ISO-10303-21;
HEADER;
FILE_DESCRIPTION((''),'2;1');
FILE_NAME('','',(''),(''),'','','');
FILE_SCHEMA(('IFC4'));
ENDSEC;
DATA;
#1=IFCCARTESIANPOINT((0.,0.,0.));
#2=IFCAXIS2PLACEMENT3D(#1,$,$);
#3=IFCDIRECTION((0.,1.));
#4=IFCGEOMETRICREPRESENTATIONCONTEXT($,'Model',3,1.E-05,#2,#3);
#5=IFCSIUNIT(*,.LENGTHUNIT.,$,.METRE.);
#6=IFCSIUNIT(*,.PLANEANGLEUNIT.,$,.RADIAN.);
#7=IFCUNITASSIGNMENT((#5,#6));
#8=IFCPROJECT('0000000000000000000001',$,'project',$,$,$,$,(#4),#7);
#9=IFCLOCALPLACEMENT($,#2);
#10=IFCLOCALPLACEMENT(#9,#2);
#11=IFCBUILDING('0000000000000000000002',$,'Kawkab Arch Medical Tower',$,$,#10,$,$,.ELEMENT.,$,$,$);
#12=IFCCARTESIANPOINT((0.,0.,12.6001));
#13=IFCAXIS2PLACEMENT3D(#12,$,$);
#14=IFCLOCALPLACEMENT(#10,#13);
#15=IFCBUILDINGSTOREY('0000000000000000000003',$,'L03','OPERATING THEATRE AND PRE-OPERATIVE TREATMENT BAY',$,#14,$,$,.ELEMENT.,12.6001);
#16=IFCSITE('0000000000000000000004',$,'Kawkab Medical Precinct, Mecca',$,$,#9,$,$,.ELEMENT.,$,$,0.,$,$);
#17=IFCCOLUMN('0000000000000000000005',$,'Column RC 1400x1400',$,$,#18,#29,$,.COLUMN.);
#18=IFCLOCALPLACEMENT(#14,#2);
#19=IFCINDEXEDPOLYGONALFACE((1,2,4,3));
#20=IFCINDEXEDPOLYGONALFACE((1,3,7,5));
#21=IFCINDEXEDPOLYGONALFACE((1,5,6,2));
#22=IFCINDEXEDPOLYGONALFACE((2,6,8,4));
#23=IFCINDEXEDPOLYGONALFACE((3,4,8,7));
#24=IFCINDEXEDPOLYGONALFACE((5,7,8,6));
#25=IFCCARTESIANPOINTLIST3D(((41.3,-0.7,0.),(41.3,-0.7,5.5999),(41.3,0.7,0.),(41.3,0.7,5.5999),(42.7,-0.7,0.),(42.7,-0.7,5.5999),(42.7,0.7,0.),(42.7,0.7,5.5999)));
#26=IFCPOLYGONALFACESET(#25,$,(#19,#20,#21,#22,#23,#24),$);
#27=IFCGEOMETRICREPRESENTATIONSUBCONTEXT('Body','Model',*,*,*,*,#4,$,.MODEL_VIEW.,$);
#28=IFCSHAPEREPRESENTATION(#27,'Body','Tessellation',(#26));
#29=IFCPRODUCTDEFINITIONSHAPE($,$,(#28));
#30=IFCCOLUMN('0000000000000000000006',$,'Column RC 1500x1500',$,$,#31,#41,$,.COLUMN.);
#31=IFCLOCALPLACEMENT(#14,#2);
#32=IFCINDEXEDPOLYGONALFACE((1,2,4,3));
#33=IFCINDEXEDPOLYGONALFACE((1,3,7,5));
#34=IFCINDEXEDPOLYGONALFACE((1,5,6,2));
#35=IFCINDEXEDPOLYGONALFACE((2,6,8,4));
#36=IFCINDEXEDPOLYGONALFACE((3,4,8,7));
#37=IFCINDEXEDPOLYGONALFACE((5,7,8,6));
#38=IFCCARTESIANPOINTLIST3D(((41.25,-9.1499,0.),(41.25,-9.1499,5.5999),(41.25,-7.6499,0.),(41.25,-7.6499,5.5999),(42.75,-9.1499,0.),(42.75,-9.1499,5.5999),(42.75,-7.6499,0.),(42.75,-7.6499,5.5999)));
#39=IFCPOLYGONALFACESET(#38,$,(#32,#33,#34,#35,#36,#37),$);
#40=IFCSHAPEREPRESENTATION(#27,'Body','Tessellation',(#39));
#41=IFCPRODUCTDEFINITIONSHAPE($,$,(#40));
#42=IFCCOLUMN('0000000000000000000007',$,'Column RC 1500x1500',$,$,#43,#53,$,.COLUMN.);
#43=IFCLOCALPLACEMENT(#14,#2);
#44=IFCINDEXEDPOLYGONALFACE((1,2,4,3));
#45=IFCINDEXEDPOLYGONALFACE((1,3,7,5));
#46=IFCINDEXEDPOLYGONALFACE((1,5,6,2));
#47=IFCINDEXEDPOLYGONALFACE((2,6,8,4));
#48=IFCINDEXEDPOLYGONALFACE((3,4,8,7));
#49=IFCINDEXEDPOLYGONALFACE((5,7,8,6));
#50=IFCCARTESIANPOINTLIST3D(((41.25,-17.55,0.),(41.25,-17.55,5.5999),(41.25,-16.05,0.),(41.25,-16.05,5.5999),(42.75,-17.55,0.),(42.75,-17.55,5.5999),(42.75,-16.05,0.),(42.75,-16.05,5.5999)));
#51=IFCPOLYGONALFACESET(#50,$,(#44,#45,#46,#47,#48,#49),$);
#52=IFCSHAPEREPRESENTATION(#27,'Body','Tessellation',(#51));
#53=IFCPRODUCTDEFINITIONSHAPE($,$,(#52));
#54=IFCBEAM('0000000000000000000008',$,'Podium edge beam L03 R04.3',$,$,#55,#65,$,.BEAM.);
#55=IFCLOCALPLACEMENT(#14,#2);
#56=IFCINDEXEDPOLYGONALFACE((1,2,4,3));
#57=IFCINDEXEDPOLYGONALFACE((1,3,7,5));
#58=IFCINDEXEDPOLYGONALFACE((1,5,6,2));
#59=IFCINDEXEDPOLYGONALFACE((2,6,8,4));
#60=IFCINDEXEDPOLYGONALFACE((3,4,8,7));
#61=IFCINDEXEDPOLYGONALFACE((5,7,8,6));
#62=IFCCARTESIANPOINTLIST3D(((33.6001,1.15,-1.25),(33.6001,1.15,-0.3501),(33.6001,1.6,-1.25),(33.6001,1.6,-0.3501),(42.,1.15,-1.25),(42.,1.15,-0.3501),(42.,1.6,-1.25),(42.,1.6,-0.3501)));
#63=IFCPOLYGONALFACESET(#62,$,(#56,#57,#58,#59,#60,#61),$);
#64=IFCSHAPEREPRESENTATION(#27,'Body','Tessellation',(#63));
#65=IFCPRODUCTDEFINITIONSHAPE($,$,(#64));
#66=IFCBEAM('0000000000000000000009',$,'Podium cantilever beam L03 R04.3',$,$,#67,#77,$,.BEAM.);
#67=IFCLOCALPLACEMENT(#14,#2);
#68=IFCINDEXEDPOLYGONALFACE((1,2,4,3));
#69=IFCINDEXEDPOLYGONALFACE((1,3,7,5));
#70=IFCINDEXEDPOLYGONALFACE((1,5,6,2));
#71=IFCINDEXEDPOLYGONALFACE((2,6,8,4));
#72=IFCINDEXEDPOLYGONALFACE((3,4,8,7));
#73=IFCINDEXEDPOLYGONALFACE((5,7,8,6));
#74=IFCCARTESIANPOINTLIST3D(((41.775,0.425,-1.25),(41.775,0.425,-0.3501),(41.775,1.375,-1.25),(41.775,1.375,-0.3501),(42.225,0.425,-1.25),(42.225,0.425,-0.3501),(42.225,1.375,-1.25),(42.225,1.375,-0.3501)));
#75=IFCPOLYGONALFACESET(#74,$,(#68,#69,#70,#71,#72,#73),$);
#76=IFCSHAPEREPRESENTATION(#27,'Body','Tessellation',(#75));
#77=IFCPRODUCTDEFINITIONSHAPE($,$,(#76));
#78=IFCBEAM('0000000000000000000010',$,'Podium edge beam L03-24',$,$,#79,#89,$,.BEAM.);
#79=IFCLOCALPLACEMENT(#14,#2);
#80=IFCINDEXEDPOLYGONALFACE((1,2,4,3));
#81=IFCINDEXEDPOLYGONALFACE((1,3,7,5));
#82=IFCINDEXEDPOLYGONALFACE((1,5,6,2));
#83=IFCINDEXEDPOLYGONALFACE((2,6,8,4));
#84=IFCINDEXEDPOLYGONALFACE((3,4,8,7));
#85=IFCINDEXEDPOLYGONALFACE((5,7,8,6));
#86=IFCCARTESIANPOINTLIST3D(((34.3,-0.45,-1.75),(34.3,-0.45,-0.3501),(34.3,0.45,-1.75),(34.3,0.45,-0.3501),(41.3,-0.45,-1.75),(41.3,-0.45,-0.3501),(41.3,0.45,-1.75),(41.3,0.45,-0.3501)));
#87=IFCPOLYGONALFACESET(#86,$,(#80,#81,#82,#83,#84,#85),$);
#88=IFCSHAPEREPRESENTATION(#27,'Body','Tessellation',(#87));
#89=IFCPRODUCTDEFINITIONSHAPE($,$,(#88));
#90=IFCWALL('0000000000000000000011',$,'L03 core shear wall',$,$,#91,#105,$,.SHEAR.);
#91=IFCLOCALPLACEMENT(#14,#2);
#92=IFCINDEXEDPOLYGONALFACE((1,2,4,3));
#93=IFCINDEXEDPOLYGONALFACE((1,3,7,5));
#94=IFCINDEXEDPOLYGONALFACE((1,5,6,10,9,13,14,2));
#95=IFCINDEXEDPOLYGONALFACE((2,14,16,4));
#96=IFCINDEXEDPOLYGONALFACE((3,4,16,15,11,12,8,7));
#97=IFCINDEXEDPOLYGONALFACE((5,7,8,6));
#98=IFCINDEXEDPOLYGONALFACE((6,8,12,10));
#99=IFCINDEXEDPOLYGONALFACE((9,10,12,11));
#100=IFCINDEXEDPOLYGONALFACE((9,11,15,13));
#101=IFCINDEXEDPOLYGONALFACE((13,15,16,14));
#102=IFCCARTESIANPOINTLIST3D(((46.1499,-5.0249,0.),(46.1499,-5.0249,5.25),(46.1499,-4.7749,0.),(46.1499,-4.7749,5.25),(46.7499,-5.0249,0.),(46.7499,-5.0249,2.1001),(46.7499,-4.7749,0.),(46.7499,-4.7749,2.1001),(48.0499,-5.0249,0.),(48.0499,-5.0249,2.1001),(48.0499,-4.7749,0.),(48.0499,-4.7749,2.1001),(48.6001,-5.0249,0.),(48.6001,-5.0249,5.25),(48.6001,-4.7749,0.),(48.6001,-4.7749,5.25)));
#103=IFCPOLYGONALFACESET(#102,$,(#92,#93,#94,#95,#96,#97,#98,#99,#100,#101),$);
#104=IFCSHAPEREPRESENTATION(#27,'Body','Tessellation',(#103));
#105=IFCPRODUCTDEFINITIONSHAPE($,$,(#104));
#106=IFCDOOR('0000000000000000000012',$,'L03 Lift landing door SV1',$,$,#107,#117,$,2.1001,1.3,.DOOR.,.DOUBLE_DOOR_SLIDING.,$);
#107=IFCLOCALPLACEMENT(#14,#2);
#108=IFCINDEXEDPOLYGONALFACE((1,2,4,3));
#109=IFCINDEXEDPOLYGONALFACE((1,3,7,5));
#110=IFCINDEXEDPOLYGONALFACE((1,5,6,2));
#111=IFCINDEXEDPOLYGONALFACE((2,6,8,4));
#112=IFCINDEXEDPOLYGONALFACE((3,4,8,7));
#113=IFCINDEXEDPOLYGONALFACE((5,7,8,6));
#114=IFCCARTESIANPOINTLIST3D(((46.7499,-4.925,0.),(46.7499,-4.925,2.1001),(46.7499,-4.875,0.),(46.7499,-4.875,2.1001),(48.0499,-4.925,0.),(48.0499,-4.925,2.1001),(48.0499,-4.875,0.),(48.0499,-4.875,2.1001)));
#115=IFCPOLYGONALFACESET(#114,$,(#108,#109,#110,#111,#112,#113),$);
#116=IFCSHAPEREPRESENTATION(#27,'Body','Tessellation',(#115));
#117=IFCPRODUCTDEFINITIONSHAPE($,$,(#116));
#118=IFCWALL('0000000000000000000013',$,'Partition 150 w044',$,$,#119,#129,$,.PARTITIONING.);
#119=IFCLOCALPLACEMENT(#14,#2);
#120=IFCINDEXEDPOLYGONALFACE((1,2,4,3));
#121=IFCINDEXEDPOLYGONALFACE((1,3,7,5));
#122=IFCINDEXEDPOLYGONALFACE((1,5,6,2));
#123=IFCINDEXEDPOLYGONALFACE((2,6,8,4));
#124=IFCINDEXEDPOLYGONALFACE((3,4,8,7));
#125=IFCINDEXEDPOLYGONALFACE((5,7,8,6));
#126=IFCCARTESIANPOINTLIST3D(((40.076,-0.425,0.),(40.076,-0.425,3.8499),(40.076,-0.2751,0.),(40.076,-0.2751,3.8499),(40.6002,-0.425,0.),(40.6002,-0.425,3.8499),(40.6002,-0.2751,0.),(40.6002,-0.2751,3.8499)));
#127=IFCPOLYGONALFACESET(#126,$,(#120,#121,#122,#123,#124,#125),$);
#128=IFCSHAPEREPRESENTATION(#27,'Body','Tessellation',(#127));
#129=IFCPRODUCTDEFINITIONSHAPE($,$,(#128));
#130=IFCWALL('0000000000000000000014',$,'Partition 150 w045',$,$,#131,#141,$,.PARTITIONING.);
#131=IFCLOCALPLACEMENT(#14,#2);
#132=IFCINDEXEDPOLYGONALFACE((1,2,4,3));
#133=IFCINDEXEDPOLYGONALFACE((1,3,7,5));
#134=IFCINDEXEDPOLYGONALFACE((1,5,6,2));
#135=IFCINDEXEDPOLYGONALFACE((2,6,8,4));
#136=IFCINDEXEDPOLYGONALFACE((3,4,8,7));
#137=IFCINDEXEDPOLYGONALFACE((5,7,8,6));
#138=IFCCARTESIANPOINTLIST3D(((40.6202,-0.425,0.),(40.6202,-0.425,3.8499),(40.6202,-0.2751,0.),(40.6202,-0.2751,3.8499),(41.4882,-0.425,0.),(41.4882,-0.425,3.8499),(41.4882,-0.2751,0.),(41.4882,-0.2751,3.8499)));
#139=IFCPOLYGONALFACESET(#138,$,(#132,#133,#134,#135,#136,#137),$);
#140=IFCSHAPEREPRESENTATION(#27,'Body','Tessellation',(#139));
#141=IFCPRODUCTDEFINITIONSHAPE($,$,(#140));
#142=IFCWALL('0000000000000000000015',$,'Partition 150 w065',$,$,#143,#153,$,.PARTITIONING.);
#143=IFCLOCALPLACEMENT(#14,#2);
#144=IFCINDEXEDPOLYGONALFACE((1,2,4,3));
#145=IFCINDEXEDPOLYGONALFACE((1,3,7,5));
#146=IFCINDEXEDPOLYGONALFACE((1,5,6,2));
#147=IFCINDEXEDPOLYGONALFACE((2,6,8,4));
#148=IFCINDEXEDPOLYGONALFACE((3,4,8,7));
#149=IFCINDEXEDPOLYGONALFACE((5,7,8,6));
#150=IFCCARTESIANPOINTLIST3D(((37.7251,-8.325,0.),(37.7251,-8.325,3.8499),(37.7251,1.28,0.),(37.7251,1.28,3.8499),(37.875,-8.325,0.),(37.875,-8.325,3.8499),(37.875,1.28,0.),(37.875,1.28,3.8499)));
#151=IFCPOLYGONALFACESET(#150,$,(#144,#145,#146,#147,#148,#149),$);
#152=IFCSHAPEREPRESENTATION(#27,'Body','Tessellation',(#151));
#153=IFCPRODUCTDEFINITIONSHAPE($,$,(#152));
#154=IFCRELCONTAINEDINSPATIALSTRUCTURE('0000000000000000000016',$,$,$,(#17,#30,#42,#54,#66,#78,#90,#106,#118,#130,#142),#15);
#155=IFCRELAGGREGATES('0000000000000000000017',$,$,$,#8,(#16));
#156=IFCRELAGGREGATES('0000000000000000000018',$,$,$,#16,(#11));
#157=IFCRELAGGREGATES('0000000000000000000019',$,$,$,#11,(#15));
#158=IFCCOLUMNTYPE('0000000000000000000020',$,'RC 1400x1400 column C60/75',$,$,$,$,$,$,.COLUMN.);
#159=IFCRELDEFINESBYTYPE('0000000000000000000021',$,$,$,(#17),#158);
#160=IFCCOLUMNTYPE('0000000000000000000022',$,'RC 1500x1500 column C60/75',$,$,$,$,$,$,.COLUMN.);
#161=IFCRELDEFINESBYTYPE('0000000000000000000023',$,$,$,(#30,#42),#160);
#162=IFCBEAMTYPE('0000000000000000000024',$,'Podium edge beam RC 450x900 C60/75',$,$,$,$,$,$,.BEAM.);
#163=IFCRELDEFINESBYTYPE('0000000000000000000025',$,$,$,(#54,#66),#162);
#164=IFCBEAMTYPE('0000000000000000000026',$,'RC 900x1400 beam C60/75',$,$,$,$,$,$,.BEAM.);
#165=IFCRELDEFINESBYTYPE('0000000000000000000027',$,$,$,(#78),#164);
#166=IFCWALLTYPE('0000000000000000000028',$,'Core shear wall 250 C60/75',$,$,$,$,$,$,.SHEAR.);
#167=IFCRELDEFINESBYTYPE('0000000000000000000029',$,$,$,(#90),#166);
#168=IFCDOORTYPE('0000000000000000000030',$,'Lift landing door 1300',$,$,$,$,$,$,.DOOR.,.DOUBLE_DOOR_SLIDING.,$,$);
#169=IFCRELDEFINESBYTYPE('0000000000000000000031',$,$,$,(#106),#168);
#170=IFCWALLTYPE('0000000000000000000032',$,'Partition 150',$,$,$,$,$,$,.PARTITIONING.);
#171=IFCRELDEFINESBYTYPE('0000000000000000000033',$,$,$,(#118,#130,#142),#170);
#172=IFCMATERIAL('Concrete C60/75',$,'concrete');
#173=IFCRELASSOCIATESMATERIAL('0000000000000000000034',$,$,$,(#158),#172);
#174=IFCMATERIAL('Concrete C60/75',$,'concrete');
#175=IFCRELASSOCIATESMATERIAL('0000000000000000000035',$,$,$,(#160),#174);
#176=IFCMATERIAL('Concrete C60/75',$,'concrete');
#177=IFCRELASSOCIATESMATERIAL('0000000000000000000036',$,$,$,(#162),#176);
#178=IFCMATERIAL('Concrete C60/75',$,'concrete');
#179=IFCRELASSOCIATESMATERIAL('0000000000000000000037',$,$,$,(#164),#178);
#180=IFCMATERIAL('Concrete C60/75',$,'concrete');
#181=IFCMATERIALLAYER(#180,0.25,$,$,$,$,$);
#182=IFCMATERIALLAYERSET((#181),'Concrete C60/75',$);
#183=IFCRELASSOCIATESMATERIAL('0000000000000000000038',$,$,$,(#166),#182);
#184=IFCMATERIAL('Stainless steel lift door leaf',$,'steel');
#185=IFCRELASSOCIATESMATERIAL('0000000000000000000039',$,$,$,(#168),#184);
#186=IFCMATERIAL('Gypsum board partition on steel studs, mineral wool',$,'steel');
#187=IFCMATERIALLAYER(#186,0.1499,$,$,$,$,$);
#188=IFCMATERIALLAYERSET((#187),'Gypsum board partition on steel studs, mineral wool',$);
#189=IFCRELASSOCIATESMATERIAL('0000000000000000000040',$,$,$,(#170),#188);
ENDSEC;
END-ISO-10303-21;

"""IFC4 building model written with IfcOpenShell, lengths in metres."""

from ifc_helpers import new_model, si_unit, direction, frame, frame_2d, origin, origin_2d, place, context, subcontext, project, spatial, rectangle, extrude, material, layer, layer_set, material_profile, profile_set, type_object, element, fill, save


model = new_model("IFC4")

# Units and contexts
model_context = context("Model", 3, precision=1e-05, world=origin(), true_north=direction((0.0, 1.0)))
body_context = subcontext(model_context, "Body", "Model", "MODEL_VIEW")
ifc_project = project(units=[si_unit("LENGTHUNIT", "METRE"), si_unit("PLANEANGLEUNIT", "RADIAN")], contexts=[model_context])

# Site, building, storey
site_placement = place(None, origin())
site = spatial("IfcSite", under=ifc_project, at=site_placement, Name="Kawkab Medical Precinct, Mecca", CompositionType="ELEMENT", RefElevation=0.0)
building_placement = place(site_placement, origin())
building = spatial("IfcBuilding", under=site, at=building_placement, Name="Kawkab Arch Medical Tower", CompositionType="ELEMENT")
storey_placement = place(building_placement, frame((0.0, 0.0, 12.6001)))
storey = spatial("IfcBuildingStorey", under=building, at=storey_placement, Name="L03", Description="OPERATING THEATRE AND PRE-OPERATIVE TREATMENT BAY", CompositionType="ELEMENT", Elevation=12.6001)

# Columns
ifc_material_1 = material(Name="Concrete C60/75", Category="concrete")
ifc_material_profile_1 = material_profile(ifc_material_1, rectangle(XDim=1.3999, YDim=1.3999, at=origin_2d()), Name="RC 1400x1400")
ifc_profile_set_1 = profile_set([ifc_material_profile_1], Name="Concrete C60/75")
column_type_1 = type_object("IfcColumnType", Name="RC 1400x1400 column C60/75", PredefinedType="COLUMN", material=ifc_profile_set_1)
column_placement = place(storey_placement, frame((42.0, 0.0, 0.0), z_axis=(0.0, 0.0, 1.0), x_axis=(1.0, 0.0, 0.0)))
element("IfcColumn", 1, at=column_placement, inside=storey, type_object=column_type_1, Name="Column RC 1400x1400", PredefinedType="COLUMN", context=body_context, shape_type="SweptSolid", body=[
    extrude(rectangle(XDim=1.3999, YDim=1.3999, at=origin_2d()), origin(), (0.0, 0.0, 1.0), 5.5999),
])
ifc_material_2 = material(Name="Concrete C60/75", Category="concrete")
ifc_material_profile_2 = material_profile(ifc_material_2, rectangle(XDim=1.5, YDim=1.5, at=origin_2d()), Name="RC 1500x1500")
ifc_profile_set_2 = profile_set([ifc_material_profile_2], Name="Concrete C60/75")
column_type_2 = type_object("IfcColumnType", Name="RC 1500x1500 column C60/75", PredefinedType="COLUMN", material=ifc_profile_set_2)
for number, where, z_axis, x_axis, name in (
    (2, (42.0, -8.3999, 0.0), (0.0, 0.0, 1.0), (1.0, 0.0, 0.0), "Column RC 1500x1500"),
    (3, (42.0, -16.8, 0.0), (0.0, 0.0, 1.0), (1.0, 0.0, 0.0), "Column RC 1500x1500"),
):
    element("IfcColumn", number, at=place(storey_placement, frame(where, z_axis=z_axis, x_axis=x_axis)), inside=storey, type_object=column_type_2, Name=name, PredefinedType="COLUMN", context=body_context, shape_type="SweptSolid", body=[
        extrude(rectangle(XDim=1.5, YDim=1.5, at=origin_2d()), origin(), (0.0, 0.0, 1.0), 5.5999),
    ])

# Beams
ifc_material_3 = material(Name="Concrete C60/75", Category="concrete")
ifc_material_profile_3 = material_profile(ifc_material_3, rectangle(XDim=0.45, YDim=0.8999, at=origin_2d()), Name="RC 450x900")
ifc_profile_set_3 = profile_set([ifc_material_profile_3], Name="Concrete C60/75")
beam_type_1 = type_object("IfcBeamType", Name="Podium edge beam RC 450x900 C60/75", PredefinedType="BEAM", material=ifc_profile_set_3)
beam_1_placement = place(storey_placement, frame((42.0, 1.375, -0.8), z_axis=(-1.0, 0.0, 0.0), x_axis=(0.0, -1.0, 0.0)))
element("IfcBeam", 4, at=beam_1_placement, inside=storey, type_object=beam_type_1, Name="Podium edge beam L03 R04.3", PredefinedType="BEAM", context=body_context, shape_type="SweptSolid", body=[
    extrude(rectangle(XDim=0.45, YDim=0.8999, at=origin_2d()), origin(), (0.0, 0.0, 1.0), 8.3999),
])
beam_2_placement = place(storey_placement, frame((42.0, 0.425, -0.8), z_axis=(0.0, 1.0, 0.0), x_axis=(-1.0, 0.0, 0.0)))
element("IfcBeam", 5, at=beam_2_placement, inside=storey, type_object=beam_type_1, Name="Podium cantilever beam L03 R04.3", PredefinedType="BEAM", context=body_context, shape_type="SweptSolid", body=[
    extrude(rectangle(XDim=0.45, YDim=0.8999, at=origin_2d()), origin(), (0.0, 0.0, 1.0), 0.95),
])
ifc_material_4 = material(Name="Concrete C60/75", Category="concrete")
ifc_material_profile_4 = material_profile(ifc_material_4, rectangle(XDim=0.8999, YDim=1.3999, at=origin_2d()), Name="RC 900x1400")
ifc_profile_set_4 = profile_set([ifc_material_profile_4], Name="Concrete C60/75")
beam_type_2 = type_object("IfcBeamType", Name="RC 900x1400 beam C60/75", PredefinedType="BEAM", material=ifc_profile_set_4)
beam_3_placement = place(storey_placement, frame((41.3, 0.0, -1.05), z_axis=(-1.0, 0.0, 0.0), x_axis=(0.0, -1.0, 0.0)))
element("IfcBeam", 6, at=beam_3_placement, inside=storey, type_object=beam_type_2, Name="Podium edge beam L03-24", PredefinedType="BEAM", context=body_context, shape_type="SweptSolid", body=[
    extrude(rectangle(XDim=0.8999, YDim=1.3999, at=origin_2d()), origin(), (0.0, 0.0, 1.0), 7.0),
])

# Wall, opening, door
ifc_material_5 = material(Name="Concrete C60/75", Category="concrete")
ifc_layer_1 = layer(ifc_material_5, 0.25)
ifc_layer_set_1 = layer_set([ifc_layer_1], Name="Concrete C60/75")
wall_type_1 = type_object("IfcWallType", Name="Core shear wall 250 C60/75", PredefinedType="SHEAR", material=ifc_layer_set_1)
wall_1_placement = place(storey_placement, frame((46.1499, -4.8999, 0.0), z_axis=(0.0, 0.0, 1.0), x_axis=(1.0, 0.0, 0.0)))
wall_1 = element("IfcWall", 7, at=wall_1_placement, inside=storey, type_object=wall_type_1, Name="L03 core shear wall", PredefinedType="SHEAR", context=body_context, shape_type="SweptSolid", body=[
    extrude(rectangle(XDim=2.4502, YDim=0.25, at=frame_2d((1.2251, 0.0))), origin(), (0.0, 0.0, 1.0), 5.25),
])
opening_1_placement = place(wall_1_placement, frame((0.6001, 0.0, 0.0)))
opening_1 = element("IfcOpeningElement", 8, at=opening_1_placement, cuts=wall_1, PredefinedType="OPENING", context=body_context, shape_type="SweptSolid", body=[
    extrude(rectangle(XDim=1.3, YDim=2.1001, at=frame_2d((0.6499, 1.05))), frame((0.0, 0.135, 0.0), z_axis=(0.0, -1.0, 0.0), x_axis=(1.0, 0.0, 0.0)), (0.0, 0.0, 1.0), 0.27),
])
ifc_material_6 = material(Name="Stainless steel lift door leaf", Category="steel")
door_type_1 = type_object("IfcDoorType", Name="Lift landing door 1300", OperationType="DOUBLE_DOOR_SLIDING", PredefinedType="DOOR", material=ifc_material_6)
door_1_placement = place(opening_1_placement, origin())
door_1 = element("IfcDoor", 9, at=door_1_placement, inside=storey, type_object=door_type_1, Name="L03 Lift landing door SV1", OperationType="DOUBLE_DOOR_SLIDING", OverallHeight=2.1001, OverallWidth=1.3, PredefinedType="DOOR", context=body_context, shape_type="SweptSolid", body=[
    extrude(rectangle(XDim=1.3, YDim=2.1001, at=frame_2d((0.6499, 1.05))), frame((0.0, 0.0249, 0.0), z_axis=(0.0, -1.0, 0.0), x_axis=(1.0, 0.0, 0.0)), (0.0, 0.0, 1.0), 0.05),
])
fill(opening_1, door_1)

# Walls
ifc_material_7 = material(Name="Gypsum board partition on steel studs, mineral wool", Category="steel")
ifc_layer_2 = layer(ifc_material_7, 0.1499)
ifc_layer_set_2 = layer_set([ifc_layer_2], Name="Gypsum board partition on steel studs, mineral wool")
wall_type_2 = type_object("IfcWallType", Name="Partition 150", PredefinedType="PARTITIONING", material=ifc_layer_set_2)
wall_2_placement = place(storey_placement, frame((40.0759, -0.3501, 0.0), z_axis=(0.0, 0.0, 1.0), x_axis=(1.0, 0.0, 0.0)))
element("IfcWall", 10, at=wall_2_placement, inside=storey, type_object=wall_type_2, Name="Partition 150 w044", PredefinedType="PARTITIONING", context=body_context, shape_type="SweptSolid", body=[
    extrude(rectangle(XDim=0.5242, YDim=0.1499, at=frame_2d((0.2622, 0.0))), origin(), (0.0, 0.0, 1.0), 3.8499),
])
wall_3_placement = place(storey_placement, frame((40.6201, -0.3501, 0.0), z_axis=(0.0, 0.0, 1.0), x_axis=(1.0, 0.0, 0.0)))
element("IfcWall", 11, at=wall_3_placement, inside=storey, type_object=wall_type_2, Name="Partition 150 w045", PredefinedType="PARTITIONING", context=body_context, shape_type="SweptSolid", body=[
    extrude(rectangle(XDim=0.8679, YDim=0.1499, at=frame_2d((0.4341, 0.0))), origin(), (0.0, 0.0, 1.0), 3.8499),
])
wall_4_placement = place(storey_placement, frame((37.8, -8.325, 0.0), z_axis=(0.0, 0.0, 1.0), x_axis=(0.0, 1.0, 0.0)))
element("IfcWall", 12, at=wall_4_placement, inside=storey, type_object=wall_type_2, Name="Partition 150 w065", PredefinedType="PARTITIONING", context=body_context, shape_type="SweptSolid", body=[
    extrude(rectangle(XDim=9.605, YDim=0.1499, at=frame_2d((4.8025, 0.0))), origin(), (0.0, 0.0, 1.0), 3.8499),
])

save(model, "model.ifc")
